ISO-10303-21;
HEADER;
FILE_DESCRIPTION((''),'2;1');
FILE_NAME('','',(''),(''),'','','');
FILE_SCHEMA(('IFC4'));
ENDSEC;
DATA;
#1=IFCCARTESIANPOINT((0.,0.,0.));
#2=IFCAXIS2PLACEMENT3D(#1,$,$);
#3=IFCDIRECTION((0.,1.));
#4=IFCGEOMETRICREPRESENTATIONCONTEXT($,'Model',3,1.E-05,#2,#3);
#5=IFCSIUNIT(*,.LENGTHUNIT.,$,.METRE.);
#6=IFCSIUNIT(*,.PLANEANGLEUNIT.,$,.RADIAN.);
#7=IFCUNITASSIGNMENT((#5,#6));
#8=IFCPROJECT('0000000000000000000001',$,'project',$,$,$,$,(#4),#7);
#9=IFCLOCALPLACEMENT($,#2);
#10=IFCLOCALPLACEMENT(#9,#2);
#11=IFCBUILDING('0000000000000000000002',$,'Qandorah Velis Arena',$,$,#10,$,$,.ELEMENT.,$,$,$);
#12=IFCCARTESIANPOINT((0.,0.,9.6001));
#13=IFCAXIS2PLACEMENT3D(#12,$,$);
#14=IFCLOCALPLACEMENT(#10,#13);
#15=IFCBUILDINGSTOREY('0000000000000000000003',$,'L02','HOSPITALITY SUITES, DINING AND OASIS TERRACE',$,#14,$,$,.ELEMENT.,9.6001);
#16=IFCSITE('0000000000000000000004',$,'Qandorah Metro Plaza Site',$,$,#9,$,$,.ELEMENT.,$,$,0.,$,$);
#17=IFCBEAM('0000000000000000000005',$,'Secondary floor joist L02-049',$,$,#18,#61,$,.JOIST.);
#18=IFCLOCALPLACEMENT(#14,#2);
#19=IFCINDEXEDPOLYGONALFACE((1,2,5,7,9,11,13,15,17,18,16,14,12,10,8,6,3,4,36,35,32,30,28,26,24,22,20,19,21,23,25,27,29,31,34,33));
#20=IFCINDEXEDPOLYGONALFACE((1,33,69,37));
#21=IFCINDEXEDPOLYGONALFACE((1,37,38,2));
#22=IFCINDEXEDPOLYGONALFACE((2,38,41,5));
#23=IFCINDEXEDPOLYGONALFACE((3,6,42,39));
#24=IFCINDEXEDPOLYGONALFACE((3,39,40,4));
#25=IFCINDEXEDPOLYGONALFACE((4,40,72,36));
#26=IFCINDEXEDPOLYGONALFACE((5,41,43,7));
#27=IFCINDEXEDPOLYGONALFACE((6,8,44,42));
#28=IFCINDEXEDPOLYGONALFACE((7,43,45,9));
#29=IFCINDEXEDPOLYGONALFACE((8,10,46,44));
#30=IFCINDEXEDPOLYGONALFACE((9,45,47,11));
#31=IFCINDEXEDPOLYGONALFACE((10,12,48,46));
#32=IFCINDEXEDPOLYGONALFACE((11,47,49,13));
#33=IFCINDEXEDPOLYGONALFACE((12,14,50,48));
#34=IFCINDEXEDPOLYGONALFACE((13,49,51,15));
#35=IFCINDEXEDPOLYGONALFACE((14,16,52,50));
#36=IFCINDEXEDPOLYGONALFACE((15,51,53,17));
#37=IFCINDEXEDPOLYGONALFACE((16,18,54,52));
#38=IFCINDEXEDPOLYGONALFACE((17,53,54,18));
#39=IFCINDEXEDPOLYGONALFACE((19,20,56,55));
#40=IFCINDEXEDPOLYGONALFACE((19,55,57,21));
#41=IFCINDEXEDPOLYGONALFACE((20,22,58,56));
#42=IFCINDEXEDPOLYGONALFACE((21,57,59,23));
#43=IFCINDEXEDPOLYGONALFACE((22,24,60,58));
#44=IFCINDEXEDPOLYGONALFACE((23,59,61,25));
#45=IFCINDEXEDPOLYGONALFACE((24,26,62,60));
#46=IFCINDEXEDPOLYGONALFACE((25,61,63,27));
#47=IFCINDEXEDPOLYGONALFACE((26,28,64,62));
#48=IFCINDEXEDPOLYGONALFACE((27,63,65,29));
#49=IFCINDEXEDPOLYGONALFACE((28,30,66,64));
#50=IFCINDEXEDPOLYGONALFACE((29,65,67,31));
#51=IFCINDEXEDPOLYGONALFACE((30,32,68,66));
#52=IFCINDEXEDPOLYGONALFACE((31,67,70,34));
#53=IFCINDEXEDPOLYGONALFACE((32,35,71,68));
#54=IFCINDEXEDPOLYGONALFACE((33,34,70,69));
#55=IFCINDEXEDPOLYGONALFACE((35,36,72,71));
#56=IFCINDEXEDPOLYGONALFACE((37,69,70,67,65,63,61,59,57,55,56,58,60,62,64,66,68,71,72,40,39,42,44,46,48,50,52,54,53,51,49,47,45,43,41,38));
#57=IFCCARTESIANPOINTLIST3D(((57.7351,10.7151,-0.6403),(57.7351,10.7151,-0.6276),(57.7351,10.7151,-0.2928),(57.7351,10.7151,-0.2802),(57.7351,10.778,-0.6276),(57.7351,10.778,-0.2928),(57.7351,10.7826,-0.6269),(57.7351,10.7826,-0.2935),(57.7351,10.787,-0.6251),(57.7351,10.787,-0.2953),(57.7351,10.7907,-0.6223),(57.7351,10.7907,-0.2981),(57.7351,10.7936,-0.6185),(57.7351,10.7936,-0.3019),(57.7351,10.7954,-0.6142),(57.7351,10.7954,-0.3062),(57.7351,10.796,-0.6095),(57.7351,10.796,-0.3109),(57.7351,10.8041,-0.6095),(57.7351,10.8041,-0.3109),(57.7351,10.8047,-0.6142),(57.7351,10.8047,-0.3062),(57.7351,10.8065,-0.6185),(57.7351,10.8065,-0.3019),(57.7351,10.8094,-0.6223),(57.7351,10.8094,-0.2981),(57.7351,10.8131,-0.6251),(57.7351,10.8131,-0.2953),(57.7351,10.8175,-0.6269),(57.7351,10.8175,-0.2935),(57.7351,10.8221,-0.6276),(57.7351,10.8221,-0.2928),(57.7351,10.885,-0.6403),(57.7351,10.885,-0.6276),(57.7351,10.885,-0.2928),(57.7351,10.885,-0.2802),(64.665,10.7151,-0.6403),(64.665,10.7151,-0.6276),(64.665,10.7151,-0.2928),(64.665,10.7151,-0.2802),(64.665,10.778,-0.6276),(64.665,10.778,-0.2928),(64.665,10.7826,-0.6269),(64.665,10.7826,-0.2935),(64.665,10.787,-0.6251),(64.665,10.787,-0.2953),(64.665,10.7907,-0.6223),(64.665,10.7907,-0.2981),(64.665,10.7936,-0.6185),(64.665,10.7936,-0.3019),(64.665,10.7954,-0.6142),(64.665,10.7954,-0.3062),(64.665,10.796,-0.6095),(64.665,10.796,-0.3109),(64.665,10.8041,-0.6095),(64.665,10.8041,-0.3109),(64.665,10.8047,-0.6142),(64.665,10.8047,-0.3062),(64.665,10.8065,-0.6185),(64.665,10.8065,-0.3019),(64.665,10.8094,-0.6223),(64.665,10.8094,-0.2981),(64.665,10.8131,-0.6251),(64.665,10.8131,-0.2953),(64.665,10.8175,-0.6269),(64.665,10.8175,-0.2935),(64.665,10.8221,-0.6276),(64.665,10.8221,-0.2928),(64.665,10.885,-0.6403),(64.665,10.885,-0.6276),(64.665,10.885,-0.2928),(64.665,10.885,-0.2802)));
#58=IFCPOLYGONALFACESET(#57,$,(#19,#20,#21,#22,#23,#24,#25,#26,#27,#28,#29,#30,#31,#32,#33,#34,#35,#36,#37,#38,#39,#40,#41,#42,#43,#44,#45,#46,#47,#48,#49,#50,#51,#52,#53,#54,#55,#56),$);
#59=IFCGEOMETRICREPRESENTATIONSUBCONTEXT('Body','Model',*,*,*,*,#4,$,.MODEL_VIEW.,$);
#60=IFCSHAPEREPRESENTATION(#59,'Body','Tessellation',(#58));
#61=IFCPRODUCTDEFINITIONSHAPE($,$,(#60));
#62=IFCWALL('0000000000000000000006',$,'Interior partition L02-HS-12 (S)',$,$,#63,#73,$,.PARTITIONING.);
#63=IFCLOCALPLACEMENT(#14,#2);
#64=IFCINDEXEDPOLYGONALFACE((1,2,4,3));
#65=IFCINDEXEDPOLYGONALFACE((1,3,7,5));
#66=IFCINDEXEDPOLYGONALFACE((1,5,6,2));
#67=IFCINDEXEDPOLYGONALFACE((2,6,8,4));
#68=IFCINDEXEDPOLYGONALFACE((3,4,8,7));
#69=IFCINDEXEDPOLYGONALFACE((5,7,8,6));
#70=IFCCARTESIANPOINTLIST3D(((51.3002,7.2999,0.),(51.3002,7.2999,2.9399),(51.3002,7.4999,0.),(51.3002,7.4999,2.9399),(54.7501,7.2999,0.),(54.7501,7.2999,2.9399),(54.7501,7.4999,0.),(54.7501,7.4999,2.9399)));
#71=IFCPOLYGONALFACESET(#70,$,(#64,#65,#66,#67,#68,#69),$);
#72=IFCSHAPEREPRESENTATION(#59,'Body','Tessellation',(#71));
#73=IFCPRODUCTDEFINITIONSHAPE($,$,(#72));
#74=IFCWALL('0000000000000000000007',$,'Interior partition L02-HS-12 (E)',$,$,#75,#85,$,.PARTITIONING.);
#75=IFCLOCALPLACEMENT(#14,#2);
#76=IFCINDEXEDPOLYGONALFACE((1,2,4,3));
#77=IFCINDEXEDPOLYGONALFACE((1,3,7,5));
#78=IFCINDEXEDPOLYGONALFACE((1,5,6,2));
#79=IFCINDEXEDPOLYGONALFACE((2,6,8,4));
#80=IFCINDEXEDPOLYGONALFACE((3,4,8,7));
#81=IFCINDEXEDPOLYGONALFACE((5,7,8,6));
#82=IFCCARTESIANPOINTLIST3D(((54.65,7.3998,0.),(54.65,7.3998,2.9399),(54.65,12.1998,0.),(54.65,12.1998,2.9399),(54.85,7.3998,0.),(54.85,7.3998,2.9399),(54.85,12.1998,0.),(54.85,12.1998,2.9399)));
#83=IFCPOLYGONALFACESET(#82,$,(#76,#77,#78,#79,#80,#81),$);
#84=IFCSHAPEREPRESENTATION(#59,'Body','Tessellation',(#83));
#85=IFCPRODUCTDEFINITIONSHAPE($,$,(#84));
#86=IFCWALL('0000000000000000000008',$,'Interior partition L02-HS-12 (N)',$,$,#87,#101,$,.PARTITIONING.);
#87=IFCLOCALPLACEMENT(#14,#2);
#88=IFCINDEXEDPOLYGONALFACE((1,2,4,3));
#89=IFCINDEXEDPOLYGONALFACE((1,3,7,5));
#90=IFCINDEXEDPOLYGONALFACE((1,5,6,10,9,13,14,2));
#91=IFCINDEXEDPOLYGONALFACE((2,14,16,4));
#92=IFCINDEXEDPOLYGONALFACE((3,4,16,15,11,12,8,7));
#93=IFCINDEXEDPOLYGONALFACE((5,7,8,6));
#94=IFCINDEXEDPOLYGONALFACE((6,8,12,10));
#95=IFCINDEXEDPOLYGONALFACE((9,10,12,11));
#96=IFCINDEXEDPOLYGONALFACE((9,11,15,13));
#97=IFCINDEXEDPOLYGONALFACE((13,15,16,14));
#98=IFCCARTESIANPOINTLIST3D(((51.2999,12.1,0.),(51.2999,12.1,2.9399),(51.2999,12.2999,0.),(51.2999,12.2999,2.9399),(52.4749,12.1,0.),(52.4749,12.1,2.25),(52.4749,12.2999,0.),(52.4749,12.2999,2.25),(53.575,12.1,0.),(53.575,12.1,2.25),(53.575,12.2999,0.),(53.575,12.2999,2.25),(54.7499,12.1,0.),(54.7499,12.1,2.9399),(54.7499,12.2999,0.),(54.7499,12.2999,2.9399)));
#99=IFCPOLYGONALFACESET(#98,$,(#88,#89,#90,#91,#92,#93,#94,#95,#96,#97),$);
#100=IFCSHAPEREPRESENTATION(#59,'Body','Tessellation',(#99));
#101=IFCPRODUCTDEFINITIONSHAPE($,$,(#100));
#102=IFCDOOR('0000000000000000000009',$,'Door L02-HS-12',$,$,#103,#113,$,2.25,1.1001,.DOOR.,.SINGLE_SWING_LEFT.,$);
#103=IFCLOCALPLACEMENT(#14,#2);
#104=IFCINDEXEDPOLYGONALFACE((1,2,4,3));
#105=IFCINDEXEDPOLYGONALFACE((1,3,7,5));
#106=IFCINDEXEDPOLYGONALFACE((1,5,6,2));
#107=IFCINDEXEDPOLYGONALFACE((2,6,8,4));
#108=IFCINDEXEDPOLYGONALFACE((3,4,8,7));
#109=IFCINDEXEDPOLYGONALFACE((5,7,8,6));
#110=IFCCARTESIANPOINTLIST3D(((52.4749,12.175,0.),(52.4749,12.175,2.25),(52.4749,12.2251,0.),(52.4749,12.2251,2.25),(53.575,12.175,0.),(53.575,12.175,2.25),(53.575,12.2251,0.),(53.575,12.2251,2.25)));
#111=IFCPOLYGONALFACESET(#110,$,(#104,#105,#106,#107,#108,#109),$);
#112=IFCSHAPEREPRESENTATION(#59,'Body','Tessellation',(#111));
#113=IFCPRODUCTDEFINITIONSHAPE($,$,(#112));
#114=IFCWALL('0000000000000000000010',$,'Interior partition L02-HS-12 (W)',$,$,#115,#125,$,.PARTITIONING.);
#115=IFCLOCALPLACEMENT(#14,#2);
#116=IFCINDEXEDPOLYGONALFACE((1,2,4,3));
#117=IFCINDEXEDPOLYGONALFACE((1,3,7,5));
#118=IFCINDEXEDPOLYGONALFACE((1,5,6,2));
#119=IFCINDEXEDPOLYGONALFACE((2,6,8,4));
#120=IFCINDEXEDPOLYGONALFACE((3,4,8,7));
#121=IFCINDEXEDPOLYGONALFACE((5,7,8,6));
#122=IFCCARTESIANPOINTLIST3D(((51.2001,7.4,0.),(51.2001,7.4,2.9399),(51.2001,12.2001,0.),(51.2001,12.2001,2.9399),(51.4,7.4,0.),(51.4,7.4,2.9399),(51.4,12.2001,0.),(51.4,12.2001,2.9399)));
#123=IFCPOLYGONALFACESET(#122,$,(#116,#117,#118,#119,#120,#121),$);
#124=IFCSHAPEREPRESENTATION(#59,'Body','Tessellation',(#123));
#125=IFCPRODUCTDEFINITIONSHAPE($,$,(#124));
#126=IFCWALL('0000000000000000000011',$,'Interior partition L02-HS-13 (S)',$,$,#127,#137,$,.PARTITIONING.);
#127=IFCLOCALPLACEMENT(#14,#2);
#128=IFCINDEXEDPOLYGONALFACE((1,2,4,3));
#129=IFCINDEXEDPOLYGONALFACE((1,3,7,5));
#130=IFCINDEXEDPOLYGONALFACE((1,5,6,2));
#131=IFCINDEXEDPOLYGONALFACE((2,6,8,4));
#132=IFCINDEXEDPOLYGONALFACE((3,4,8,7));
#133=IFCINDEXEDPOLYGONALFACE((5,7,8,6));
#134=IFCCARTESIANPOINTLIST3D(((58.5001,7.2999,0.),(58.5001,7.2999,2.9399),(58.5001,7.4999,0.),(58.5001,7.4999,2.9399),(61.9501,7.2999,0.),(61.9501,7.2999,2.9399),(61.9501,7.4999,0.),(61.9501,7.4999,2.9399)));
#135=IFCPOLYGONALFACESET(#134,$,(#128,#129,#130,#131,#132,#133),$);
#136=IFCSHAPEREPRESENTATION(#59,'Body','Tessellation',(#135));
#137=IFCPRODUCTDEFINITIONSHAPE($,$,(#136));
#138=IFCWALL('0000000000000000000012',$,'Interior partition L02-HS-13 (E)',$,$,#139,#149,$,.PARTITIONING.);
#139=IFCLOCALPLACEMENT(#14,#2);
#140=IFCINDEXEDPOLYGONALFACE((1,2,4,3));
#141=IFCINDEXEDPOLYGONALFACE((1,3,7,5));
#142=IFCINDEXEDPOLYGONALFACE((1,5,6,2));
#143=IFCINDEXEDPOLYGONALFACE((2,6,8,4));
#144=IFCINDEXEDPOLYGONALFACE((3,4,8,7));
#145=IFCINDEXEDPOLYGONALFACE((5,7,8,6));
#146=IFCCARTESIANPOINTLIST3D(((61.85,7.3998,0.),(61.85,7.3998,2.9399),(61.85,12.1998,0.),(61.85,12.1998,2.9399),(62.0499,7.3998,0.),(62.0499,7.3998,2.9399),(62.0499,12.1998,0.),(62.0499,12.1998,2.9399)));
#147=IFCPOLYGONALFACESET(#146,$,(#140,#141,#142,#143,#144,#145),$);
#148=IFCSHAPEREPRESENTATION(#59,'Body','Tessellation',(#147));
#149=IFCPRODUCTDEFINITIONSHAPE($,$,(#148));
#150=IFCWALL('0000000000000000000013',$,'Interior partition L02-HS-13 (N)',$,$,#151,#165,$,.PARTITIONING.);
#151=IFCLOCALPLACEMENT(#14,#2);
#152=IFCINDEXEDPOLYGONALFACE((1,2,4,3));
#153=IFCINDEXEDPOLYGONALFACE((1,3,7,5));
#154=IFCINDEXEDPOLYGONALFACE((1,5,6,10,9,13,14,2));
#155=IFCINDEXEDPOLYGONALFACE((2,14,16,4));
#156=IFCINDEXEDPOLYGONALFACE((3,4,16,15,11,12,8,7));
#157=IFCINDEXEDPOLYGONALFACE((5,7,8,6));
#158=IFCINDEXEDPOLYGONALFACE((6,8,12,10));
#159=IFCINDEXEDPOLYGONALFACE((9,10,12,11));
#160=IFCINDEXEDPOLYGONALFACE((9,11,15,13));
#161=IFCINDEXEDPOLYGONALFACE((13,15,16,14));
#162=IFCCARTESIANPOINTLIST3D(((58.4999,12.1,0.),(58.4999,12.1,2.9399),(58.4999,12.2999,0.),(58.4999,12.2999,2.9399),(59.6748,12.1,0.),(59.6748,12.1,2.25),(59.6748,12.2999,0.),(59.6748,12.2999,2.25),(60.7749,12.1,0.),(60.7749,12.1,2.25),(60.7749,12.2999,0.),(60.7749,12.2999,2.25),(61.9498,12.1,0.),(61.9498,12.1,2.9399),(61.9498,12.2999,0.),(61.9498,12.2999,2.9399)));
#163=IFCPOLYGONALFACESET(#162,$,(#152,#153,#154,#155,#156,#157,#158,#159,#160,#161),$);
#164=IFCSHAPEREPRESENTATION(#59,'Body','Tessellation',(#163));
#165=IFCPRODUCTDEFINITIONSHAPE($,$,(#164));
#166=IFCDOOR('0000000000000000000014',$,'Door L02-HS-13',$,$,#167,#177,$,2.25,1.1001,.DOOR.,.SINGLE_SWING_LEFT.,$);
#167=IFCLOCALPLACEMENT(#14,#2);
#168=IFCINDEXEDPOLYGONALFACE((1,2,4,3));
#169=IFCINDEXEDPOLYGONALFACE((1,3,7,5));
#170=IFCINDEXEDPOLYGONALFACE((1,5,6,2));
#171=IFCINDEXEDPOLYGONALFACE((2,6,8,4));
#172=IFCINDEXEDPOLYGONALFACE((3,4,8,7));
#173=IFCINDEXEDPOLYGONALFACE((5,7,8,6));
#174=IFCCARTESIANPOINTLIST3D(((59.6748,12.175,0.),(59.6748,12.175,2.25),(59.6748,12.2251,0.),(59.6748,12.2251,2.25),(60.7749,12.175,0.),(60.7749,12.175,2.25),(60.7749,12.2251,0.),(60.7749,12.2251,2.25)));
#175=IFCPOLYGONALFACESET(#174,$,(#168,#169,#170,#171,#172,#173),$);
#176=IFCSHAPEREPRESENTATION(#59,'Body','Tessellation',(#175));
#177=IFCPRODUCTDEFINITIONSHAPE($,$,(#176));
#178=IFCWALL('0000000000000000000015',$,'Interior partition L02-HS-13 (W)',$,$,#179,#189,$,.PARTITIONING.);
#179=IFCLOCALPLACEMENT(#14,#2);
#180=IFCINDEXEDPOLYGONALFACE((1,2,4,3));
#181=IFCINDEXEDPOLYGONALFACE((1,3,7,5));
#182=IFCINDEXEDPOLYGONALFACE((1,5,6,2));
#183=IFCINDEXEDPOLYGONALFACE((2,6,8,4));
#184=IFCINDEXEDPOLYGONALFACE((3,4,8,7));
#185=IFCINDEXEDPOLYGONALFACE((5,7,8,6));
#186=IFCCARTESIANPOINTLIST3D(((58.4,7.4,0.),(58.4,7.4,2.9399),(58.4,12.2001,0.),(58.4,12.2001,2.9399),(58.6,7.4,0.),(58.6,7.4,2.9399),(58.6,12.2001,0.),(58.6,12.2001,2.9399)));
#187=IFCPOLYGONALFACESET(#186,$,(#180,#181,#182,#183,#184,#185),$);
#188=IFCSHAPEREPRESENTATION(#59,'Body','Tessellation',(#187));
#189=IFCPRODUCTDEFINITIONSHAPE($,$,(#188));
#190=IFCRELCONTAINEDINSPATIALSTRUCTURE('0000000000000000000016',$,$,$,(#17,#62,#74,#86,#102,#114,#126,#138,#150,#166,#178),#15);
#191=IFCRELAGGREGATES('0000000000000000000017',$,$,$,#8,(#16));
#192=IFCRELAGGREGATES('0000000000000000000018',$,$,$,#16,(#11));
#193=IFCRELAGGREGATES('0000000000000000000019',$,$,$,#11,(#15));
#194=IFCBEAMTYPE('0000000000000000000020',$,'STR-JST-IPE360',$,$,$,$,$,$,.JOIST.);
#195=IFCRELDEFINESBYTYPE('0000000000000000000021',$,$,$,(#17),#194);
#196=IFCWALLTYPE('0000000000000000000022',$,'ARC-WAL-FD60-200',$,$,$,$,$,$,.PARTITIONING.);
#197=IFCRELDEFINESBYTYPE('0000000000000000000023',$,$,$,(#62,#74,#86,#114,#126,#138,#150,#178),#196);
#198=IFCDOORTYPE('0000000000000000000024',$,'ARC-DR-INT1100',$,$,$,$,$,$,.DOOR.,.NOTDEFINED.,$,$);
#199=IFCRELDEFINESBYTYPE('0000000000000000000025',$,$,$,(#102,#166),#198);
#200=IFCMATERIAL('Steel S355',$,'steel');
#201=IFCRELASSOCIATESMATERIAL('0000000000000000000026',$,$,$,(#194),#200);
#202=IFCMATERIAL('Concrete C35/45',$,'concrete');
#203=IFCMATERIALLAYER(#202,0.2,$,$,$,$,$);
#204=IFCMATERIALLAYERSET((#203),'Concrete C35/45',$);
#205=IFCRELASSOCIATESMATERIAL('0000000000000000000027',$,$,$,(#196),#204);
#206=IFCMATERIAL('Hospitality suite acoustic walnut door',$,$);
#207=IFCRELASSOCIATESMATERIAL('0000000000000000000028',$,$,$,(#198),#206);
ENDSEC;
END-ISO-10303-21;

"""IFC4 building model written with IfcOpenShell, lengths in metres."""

from ifc_helpers import new_model, si_unit, direction, frame, frame_2d, origin, origin_2d, place, context, subcontext, project, spatial, rectangle, i_section, extrude, material, layer, layer_set, material_profile, profile_set, type_object, element, fill, save


model = new_model("IFC4")

# Units and contexts
model_context = context("Model", 3, precision=1e-05, world=origin(), true_north=direction((0.0, 1.0)))
body_context = subcontext(model_context, "Body", "Model", "MODEL_VIEW")
ifc_project = project(units=[si_unit("LENGTHUNIT", "METRE"), si_unit("PLANEANGLEUNIT", "RADIAN")], contexts=[model_context])

# Site, building, storey
site_placement = place(None, origin())
site = spatial("IfcSite", under=ifc_project, at=site_placement, Name="Qandorah Metro Plaza Site", CompositionType="ELEMENT", RefElevation=0.0)
building_placement = place(site_placement, origin())
building = spatial("IfcBuilding", under=site, at=building_placement, Name="Qandorah Velis Arena", CompositionType="ELEMENT")
storey_placement = place(building_placement, frame((0.0, 0.0, 9.6001)))
storey = spatial("IfcBuildingStorey", under=building, at=storey_placement, Name="L02", Description="HOSPITALITY SUITES, DINING AND OASIS TERRACE", CompositionType="ELEMENT", Elevation=9.6001)

# Beam
ifc_material_1 = material(Name="Steel S355", Category="steel")
ifc_material_profile_1 = material_profile(ifc_material_1, i_section(OverallWidth=0.1699, OverallDepth=0.3601, WebThickness=0.0081, FlangeThickness=0.0127, FilletRadius=0.0181, at=origin_2d()), Name="IPE 360")
ifc_profile_set_1 = profile_set([ifc_material_profile_1], Name="Steel S355")
beam_type_1 = type_object("IfcBeamType", Name="STR-JST-IPE360", PredefinedType="JOIST", material=ifc_profile_set_1)
beam_1_placement = place(storey_placement, frame((57.7351, 10.8, -0.4602), z_axis=(1.0, 0.0, 0.0), x_axis=(0.0, 1.0, 0.0)))
element("IfcBeam", 1, at=beam_1_placement, inside=storey, type_object=beam_type_1, Name="Secondary floor joist L02-049", PredefinedType="JOIST", context=body_context, shape_type="SweptSolid", body=[
    extrude(i_section(OverallWidth=0.1699, OverallDepth=0.3601, WebThickness=0.0081, FlangeThickness=0.0127, FilletRadius=0.0181, at=origin_2d()), origin(), (0.0, 0.0, 1.0), 6.9299),
])

# Walls
ifc_material_2 = material(Name="Concrete C35/45", Category="concrete")
ifc_layer_1 = layer(ifc_material_2, 0.2)
ifc_layer_set_1 = layer_set([ifc_layer_1], Name="Concrete C35/45")
wall_type_1 = type_object("IfcWallType", Name="ARC-WAL-FD60-200", PredefinedType="PARTITIONING", material=ifc_layer_set_1)
wall_1_placement = place(storey_placement, frame((51.3, 7.3999, 0.0), z_axis=(0.0, 0.0, 1.0), x_axis=(1.0, 0.0, 0.0)))
element("IfcWall", 2, at=wall_1_placement, inside=storey, type_object=wall_type_1, Name="Interior partition L02-HS-12 (S)", PredefinedType="PARTITIONING", context=body_context, shape_type="SweptSolid", body=[
    extrude(rectangle(XDim=3.45, YDim=0.2, at=frame_2d((1.7251, 0.0))), origin(), (0.0, 0.0, 1.0), 2.9399),
])
wall_2_placement = place(storey_placement, frame((54.75, 7.3999, 0.0), z_axis=(0.0, 0.0, 1.0), x_axis=(0.0, 1.0, 0.0)))
element("IfcWall", 3, at=wall_2_placement, inside=storey, type_object=wall_type_1, Name="Interior partition L02-HS-12 (E)", PredefinedType="PARTITIONING", context=body_context, shape_type="SweptSolid", body=[
    extrude(rectangle(XDim=4.8, YDim=0.2, at=frame_2d((2.3999, 0.0))), origin(), (0.0, 0.0, 1.0), 2.9399),
])

# Wall, opening, door
wall_3_placement = place(storey_placement, frame((54.75, 12.2, 0.0), z_axis=(0.0, 0.0, 1.0), x_axis=(-1.0, 0.0, 0.0)))
wall_3 = element("IfcWall", 4, at=wall_3_placement, inside=storey, type_object=wall_type_1, Name="Interior partition L02-HS-12 (N)", PredefinedType="PARTITIONING", context=body_context, shape_type="SweptSolid", body=[
    extrude(rectangle(XDim=3.45, YDim=0.2, at=frame_2d((1.7251, 0.0))), origin(), (0.0, 0.0, 1.0), 2.9399),
])
opening_1_placement = place(wall_3_placement, frame((1.175, 0.0, 0.0)))
opening_1 = element("IfcOpeningElement", 5, at=opening_1_placement, cuts=wall_3, PredefinedType="OPENING", context=body_context, shape_type="SweptSolid", body=[
    extrude(rectangle(XDim=1.1001, YDim=2.25, at=frame_2d((0.55, 1.125))), frame((0.0, 0.1099, 0.0), z_axis=(0.0, -1.0, 0.0), x_axis=(1.0, 0.0, 0.0)), (0.0, 0.0, 1.0), 0.22),
])
ifc_material_3 = material(Name="Hospitality suite acoustic walnut door")
door_type_1 = type_object("IfcDoorType", Name="ARC-DR-INT1100", OperationType="NOTDEFINED", PredefinedType="DOOR", material=ifc_material_3)
door_1_placement = place(opening_1_placement, origin())
door_1 = element("IfcDoor", 6, at=door_1_placement, inside=storey, type_object=door_type_1, Name="Door L02-HS-12", OperationType="SINGLE_SWING_LEFT", OverallHeight=2.25, OverallWidth=1.1001, PredefinedType="DOOR", context=body_context, shape_type="SweptSolid", body=[
    extrude(rectangle(XDim=1.1001, YDim=2.25, at=frame_2d((0.55, 1.125))), frame((0.0, 0.0249, 0.0), z_axis=(0.0, -1.0, 0.0), x_axis=(1.0, 0.0, 0.0)), (0.0, 0.0, 1.0), 0.05),
])
fill(opening_1, door_1)

# Walls
wall_4_placement = place(storey_placement, frame((51.3, 12.2, 0.0), z_axis=(0.0, 0.0, 1.0), x_axis=(0.0, -1.0, 0.0)))
element("IfcWall", 7, at=wall_4_placement, inside=storey, type_object=wall_type_1, Name="Interior partition L02-HS-12 (W)", PredefinedType="PARTITIONING", context=body_context, shape_type="SweptSolid", body=[
    extrude(rectangle(XDim=4.8, YDim=0.2, at=frame_2d((2.3999, 0.0))), origin(), (0.0, 0.0, 1.0), 2.9399),
])
wall_5_placement = place(storey_placement, frame((58.5, 7.3999, 0.0), z_axis=(0.0, 0.0, 1.0), x_axis=(1.0, 0.0, 0.0)))
element("IfcWall", 8, at=wall_5_placement, inside=storey, type_object=wall_type_1, Name="Interior partition L02-HS-13 (S)", PredefinedType="PARTITIONING", context=body_context, shape_type="SweptSolid", body=[
    extrude(rectangle(XDim=3.45, YDim=0.2, at=frame_2d((1.7251, 0.0))), origin(), (0.0, 0.0, 1.0), 2.9399),
])
wall_6_placement = place(storey_placement, frame((61.95, 7.3999, 0.0), z_axis=(0.0, 0.0, 1.0), x_axis=(0.0, 1.0, 0.0)))
element("IfcWall", 9, at=wall_6_placement, inside=storey, type_object=wall_type_1, Name="Interior partition L02-HS-13 (E)", PredefinedType="PARTITIONING", context=body_context, shape_type="SweptSolid", body=[
    extrude(rectangle(XDim=4.8, YDim=0.2, at=frame_2d((2.3999, 0.0))), origin(), (0.0, 0.0, 1.0), 2.9399),
])

# Wall, opening, door
wall_7_placement = place(storey_placement, frame((61.95, 12.2, 0.0), z_axis=(0.0, 0.0, 1.0), x_axis=(-1.0, 0.0, 0.0)))
wall_7 = element("IfcWall", 10, at=wall_7_placement, inside=storey, type_object=wall_type_1, Name="Interior partition L02-HS-13 (N)", PredefinedType="PARTITIONING", context=body_context, shape_type="SweptSolid", body=[
    extrude(rectangle(XDim=3.45, YDim=0.2, at=frame_2d((1.7251, 0.0))), origin(), (0.0, 0.0, 1.0), 2.9399),
])
opening_2_placement = place(wall_7_placement, frame((1.175, 0.0, 0.0)))
opening_2 = element("IfcOpeningElement", 11, at=opening_2_placement, cuts=wall_7, PredefinedType="OPENING", context=body_context, shape_type="SweptSolid", body=[
    extrude(rectangle(XDim=1.1001, YDim=2.25, at=frame_2d((0.55, 1.125))), frame((0.0, 0.1099, 0.0), z_axis=(0.0, -1.0, 0.0), x_axis=(1.0, 0.0, 0.0)), (0.0, 0.0, 1.0), 0.22),
])
door_2_placement = place(opening_2_placement, origin())
door_2 = element("IfcDoor", 12, at=door_2_placement, inside=storey, type_object=door_type_1, Name="Door L02-HS-13", OperationType="SINGLE_SWING_LEFT", OverallHeight=2.25, OverallWidth=1.1001, PredefinedType="DOOR", context=body_context, shape_type="SweptSolid", body=[
    extrude(rectangle(XDim=1.1001, YDim=2.25, at=frame_2d((0.55, 1.125))), frame((0.0, 0.0249, 0.0), z_axis=(0.0, -1.0, 0.0), x_axis=(1.0, 0.0, 0.0)), (0.0, 0.0, 1.0), 0.05),
])
fill(opening_2, door_2)

# Wall
wall_8_placement = place(storey_placement, frame((58.5, 12.2, 0.0), z_axis=(0.0, 0.0, 1.0), x_axis=(0.0, -1.0, 0.0)))
element("IfcWall", 13, at=wall_8_placement, inside=storey, type_object=wall_type_1, Name="Interior partition L02-HS-13 (W)", PredefinedType="PARTITIONING", context=body_context, shape_type="SweptSolid", body=[
    extrude(rectangle(XDim=4.8, YDim=0.2, at=frame_2d((2.3999, 0.0))), origin(), (0.0, 0.0, 1.0), 2.9399),
])

save(model, "model.ifc")
